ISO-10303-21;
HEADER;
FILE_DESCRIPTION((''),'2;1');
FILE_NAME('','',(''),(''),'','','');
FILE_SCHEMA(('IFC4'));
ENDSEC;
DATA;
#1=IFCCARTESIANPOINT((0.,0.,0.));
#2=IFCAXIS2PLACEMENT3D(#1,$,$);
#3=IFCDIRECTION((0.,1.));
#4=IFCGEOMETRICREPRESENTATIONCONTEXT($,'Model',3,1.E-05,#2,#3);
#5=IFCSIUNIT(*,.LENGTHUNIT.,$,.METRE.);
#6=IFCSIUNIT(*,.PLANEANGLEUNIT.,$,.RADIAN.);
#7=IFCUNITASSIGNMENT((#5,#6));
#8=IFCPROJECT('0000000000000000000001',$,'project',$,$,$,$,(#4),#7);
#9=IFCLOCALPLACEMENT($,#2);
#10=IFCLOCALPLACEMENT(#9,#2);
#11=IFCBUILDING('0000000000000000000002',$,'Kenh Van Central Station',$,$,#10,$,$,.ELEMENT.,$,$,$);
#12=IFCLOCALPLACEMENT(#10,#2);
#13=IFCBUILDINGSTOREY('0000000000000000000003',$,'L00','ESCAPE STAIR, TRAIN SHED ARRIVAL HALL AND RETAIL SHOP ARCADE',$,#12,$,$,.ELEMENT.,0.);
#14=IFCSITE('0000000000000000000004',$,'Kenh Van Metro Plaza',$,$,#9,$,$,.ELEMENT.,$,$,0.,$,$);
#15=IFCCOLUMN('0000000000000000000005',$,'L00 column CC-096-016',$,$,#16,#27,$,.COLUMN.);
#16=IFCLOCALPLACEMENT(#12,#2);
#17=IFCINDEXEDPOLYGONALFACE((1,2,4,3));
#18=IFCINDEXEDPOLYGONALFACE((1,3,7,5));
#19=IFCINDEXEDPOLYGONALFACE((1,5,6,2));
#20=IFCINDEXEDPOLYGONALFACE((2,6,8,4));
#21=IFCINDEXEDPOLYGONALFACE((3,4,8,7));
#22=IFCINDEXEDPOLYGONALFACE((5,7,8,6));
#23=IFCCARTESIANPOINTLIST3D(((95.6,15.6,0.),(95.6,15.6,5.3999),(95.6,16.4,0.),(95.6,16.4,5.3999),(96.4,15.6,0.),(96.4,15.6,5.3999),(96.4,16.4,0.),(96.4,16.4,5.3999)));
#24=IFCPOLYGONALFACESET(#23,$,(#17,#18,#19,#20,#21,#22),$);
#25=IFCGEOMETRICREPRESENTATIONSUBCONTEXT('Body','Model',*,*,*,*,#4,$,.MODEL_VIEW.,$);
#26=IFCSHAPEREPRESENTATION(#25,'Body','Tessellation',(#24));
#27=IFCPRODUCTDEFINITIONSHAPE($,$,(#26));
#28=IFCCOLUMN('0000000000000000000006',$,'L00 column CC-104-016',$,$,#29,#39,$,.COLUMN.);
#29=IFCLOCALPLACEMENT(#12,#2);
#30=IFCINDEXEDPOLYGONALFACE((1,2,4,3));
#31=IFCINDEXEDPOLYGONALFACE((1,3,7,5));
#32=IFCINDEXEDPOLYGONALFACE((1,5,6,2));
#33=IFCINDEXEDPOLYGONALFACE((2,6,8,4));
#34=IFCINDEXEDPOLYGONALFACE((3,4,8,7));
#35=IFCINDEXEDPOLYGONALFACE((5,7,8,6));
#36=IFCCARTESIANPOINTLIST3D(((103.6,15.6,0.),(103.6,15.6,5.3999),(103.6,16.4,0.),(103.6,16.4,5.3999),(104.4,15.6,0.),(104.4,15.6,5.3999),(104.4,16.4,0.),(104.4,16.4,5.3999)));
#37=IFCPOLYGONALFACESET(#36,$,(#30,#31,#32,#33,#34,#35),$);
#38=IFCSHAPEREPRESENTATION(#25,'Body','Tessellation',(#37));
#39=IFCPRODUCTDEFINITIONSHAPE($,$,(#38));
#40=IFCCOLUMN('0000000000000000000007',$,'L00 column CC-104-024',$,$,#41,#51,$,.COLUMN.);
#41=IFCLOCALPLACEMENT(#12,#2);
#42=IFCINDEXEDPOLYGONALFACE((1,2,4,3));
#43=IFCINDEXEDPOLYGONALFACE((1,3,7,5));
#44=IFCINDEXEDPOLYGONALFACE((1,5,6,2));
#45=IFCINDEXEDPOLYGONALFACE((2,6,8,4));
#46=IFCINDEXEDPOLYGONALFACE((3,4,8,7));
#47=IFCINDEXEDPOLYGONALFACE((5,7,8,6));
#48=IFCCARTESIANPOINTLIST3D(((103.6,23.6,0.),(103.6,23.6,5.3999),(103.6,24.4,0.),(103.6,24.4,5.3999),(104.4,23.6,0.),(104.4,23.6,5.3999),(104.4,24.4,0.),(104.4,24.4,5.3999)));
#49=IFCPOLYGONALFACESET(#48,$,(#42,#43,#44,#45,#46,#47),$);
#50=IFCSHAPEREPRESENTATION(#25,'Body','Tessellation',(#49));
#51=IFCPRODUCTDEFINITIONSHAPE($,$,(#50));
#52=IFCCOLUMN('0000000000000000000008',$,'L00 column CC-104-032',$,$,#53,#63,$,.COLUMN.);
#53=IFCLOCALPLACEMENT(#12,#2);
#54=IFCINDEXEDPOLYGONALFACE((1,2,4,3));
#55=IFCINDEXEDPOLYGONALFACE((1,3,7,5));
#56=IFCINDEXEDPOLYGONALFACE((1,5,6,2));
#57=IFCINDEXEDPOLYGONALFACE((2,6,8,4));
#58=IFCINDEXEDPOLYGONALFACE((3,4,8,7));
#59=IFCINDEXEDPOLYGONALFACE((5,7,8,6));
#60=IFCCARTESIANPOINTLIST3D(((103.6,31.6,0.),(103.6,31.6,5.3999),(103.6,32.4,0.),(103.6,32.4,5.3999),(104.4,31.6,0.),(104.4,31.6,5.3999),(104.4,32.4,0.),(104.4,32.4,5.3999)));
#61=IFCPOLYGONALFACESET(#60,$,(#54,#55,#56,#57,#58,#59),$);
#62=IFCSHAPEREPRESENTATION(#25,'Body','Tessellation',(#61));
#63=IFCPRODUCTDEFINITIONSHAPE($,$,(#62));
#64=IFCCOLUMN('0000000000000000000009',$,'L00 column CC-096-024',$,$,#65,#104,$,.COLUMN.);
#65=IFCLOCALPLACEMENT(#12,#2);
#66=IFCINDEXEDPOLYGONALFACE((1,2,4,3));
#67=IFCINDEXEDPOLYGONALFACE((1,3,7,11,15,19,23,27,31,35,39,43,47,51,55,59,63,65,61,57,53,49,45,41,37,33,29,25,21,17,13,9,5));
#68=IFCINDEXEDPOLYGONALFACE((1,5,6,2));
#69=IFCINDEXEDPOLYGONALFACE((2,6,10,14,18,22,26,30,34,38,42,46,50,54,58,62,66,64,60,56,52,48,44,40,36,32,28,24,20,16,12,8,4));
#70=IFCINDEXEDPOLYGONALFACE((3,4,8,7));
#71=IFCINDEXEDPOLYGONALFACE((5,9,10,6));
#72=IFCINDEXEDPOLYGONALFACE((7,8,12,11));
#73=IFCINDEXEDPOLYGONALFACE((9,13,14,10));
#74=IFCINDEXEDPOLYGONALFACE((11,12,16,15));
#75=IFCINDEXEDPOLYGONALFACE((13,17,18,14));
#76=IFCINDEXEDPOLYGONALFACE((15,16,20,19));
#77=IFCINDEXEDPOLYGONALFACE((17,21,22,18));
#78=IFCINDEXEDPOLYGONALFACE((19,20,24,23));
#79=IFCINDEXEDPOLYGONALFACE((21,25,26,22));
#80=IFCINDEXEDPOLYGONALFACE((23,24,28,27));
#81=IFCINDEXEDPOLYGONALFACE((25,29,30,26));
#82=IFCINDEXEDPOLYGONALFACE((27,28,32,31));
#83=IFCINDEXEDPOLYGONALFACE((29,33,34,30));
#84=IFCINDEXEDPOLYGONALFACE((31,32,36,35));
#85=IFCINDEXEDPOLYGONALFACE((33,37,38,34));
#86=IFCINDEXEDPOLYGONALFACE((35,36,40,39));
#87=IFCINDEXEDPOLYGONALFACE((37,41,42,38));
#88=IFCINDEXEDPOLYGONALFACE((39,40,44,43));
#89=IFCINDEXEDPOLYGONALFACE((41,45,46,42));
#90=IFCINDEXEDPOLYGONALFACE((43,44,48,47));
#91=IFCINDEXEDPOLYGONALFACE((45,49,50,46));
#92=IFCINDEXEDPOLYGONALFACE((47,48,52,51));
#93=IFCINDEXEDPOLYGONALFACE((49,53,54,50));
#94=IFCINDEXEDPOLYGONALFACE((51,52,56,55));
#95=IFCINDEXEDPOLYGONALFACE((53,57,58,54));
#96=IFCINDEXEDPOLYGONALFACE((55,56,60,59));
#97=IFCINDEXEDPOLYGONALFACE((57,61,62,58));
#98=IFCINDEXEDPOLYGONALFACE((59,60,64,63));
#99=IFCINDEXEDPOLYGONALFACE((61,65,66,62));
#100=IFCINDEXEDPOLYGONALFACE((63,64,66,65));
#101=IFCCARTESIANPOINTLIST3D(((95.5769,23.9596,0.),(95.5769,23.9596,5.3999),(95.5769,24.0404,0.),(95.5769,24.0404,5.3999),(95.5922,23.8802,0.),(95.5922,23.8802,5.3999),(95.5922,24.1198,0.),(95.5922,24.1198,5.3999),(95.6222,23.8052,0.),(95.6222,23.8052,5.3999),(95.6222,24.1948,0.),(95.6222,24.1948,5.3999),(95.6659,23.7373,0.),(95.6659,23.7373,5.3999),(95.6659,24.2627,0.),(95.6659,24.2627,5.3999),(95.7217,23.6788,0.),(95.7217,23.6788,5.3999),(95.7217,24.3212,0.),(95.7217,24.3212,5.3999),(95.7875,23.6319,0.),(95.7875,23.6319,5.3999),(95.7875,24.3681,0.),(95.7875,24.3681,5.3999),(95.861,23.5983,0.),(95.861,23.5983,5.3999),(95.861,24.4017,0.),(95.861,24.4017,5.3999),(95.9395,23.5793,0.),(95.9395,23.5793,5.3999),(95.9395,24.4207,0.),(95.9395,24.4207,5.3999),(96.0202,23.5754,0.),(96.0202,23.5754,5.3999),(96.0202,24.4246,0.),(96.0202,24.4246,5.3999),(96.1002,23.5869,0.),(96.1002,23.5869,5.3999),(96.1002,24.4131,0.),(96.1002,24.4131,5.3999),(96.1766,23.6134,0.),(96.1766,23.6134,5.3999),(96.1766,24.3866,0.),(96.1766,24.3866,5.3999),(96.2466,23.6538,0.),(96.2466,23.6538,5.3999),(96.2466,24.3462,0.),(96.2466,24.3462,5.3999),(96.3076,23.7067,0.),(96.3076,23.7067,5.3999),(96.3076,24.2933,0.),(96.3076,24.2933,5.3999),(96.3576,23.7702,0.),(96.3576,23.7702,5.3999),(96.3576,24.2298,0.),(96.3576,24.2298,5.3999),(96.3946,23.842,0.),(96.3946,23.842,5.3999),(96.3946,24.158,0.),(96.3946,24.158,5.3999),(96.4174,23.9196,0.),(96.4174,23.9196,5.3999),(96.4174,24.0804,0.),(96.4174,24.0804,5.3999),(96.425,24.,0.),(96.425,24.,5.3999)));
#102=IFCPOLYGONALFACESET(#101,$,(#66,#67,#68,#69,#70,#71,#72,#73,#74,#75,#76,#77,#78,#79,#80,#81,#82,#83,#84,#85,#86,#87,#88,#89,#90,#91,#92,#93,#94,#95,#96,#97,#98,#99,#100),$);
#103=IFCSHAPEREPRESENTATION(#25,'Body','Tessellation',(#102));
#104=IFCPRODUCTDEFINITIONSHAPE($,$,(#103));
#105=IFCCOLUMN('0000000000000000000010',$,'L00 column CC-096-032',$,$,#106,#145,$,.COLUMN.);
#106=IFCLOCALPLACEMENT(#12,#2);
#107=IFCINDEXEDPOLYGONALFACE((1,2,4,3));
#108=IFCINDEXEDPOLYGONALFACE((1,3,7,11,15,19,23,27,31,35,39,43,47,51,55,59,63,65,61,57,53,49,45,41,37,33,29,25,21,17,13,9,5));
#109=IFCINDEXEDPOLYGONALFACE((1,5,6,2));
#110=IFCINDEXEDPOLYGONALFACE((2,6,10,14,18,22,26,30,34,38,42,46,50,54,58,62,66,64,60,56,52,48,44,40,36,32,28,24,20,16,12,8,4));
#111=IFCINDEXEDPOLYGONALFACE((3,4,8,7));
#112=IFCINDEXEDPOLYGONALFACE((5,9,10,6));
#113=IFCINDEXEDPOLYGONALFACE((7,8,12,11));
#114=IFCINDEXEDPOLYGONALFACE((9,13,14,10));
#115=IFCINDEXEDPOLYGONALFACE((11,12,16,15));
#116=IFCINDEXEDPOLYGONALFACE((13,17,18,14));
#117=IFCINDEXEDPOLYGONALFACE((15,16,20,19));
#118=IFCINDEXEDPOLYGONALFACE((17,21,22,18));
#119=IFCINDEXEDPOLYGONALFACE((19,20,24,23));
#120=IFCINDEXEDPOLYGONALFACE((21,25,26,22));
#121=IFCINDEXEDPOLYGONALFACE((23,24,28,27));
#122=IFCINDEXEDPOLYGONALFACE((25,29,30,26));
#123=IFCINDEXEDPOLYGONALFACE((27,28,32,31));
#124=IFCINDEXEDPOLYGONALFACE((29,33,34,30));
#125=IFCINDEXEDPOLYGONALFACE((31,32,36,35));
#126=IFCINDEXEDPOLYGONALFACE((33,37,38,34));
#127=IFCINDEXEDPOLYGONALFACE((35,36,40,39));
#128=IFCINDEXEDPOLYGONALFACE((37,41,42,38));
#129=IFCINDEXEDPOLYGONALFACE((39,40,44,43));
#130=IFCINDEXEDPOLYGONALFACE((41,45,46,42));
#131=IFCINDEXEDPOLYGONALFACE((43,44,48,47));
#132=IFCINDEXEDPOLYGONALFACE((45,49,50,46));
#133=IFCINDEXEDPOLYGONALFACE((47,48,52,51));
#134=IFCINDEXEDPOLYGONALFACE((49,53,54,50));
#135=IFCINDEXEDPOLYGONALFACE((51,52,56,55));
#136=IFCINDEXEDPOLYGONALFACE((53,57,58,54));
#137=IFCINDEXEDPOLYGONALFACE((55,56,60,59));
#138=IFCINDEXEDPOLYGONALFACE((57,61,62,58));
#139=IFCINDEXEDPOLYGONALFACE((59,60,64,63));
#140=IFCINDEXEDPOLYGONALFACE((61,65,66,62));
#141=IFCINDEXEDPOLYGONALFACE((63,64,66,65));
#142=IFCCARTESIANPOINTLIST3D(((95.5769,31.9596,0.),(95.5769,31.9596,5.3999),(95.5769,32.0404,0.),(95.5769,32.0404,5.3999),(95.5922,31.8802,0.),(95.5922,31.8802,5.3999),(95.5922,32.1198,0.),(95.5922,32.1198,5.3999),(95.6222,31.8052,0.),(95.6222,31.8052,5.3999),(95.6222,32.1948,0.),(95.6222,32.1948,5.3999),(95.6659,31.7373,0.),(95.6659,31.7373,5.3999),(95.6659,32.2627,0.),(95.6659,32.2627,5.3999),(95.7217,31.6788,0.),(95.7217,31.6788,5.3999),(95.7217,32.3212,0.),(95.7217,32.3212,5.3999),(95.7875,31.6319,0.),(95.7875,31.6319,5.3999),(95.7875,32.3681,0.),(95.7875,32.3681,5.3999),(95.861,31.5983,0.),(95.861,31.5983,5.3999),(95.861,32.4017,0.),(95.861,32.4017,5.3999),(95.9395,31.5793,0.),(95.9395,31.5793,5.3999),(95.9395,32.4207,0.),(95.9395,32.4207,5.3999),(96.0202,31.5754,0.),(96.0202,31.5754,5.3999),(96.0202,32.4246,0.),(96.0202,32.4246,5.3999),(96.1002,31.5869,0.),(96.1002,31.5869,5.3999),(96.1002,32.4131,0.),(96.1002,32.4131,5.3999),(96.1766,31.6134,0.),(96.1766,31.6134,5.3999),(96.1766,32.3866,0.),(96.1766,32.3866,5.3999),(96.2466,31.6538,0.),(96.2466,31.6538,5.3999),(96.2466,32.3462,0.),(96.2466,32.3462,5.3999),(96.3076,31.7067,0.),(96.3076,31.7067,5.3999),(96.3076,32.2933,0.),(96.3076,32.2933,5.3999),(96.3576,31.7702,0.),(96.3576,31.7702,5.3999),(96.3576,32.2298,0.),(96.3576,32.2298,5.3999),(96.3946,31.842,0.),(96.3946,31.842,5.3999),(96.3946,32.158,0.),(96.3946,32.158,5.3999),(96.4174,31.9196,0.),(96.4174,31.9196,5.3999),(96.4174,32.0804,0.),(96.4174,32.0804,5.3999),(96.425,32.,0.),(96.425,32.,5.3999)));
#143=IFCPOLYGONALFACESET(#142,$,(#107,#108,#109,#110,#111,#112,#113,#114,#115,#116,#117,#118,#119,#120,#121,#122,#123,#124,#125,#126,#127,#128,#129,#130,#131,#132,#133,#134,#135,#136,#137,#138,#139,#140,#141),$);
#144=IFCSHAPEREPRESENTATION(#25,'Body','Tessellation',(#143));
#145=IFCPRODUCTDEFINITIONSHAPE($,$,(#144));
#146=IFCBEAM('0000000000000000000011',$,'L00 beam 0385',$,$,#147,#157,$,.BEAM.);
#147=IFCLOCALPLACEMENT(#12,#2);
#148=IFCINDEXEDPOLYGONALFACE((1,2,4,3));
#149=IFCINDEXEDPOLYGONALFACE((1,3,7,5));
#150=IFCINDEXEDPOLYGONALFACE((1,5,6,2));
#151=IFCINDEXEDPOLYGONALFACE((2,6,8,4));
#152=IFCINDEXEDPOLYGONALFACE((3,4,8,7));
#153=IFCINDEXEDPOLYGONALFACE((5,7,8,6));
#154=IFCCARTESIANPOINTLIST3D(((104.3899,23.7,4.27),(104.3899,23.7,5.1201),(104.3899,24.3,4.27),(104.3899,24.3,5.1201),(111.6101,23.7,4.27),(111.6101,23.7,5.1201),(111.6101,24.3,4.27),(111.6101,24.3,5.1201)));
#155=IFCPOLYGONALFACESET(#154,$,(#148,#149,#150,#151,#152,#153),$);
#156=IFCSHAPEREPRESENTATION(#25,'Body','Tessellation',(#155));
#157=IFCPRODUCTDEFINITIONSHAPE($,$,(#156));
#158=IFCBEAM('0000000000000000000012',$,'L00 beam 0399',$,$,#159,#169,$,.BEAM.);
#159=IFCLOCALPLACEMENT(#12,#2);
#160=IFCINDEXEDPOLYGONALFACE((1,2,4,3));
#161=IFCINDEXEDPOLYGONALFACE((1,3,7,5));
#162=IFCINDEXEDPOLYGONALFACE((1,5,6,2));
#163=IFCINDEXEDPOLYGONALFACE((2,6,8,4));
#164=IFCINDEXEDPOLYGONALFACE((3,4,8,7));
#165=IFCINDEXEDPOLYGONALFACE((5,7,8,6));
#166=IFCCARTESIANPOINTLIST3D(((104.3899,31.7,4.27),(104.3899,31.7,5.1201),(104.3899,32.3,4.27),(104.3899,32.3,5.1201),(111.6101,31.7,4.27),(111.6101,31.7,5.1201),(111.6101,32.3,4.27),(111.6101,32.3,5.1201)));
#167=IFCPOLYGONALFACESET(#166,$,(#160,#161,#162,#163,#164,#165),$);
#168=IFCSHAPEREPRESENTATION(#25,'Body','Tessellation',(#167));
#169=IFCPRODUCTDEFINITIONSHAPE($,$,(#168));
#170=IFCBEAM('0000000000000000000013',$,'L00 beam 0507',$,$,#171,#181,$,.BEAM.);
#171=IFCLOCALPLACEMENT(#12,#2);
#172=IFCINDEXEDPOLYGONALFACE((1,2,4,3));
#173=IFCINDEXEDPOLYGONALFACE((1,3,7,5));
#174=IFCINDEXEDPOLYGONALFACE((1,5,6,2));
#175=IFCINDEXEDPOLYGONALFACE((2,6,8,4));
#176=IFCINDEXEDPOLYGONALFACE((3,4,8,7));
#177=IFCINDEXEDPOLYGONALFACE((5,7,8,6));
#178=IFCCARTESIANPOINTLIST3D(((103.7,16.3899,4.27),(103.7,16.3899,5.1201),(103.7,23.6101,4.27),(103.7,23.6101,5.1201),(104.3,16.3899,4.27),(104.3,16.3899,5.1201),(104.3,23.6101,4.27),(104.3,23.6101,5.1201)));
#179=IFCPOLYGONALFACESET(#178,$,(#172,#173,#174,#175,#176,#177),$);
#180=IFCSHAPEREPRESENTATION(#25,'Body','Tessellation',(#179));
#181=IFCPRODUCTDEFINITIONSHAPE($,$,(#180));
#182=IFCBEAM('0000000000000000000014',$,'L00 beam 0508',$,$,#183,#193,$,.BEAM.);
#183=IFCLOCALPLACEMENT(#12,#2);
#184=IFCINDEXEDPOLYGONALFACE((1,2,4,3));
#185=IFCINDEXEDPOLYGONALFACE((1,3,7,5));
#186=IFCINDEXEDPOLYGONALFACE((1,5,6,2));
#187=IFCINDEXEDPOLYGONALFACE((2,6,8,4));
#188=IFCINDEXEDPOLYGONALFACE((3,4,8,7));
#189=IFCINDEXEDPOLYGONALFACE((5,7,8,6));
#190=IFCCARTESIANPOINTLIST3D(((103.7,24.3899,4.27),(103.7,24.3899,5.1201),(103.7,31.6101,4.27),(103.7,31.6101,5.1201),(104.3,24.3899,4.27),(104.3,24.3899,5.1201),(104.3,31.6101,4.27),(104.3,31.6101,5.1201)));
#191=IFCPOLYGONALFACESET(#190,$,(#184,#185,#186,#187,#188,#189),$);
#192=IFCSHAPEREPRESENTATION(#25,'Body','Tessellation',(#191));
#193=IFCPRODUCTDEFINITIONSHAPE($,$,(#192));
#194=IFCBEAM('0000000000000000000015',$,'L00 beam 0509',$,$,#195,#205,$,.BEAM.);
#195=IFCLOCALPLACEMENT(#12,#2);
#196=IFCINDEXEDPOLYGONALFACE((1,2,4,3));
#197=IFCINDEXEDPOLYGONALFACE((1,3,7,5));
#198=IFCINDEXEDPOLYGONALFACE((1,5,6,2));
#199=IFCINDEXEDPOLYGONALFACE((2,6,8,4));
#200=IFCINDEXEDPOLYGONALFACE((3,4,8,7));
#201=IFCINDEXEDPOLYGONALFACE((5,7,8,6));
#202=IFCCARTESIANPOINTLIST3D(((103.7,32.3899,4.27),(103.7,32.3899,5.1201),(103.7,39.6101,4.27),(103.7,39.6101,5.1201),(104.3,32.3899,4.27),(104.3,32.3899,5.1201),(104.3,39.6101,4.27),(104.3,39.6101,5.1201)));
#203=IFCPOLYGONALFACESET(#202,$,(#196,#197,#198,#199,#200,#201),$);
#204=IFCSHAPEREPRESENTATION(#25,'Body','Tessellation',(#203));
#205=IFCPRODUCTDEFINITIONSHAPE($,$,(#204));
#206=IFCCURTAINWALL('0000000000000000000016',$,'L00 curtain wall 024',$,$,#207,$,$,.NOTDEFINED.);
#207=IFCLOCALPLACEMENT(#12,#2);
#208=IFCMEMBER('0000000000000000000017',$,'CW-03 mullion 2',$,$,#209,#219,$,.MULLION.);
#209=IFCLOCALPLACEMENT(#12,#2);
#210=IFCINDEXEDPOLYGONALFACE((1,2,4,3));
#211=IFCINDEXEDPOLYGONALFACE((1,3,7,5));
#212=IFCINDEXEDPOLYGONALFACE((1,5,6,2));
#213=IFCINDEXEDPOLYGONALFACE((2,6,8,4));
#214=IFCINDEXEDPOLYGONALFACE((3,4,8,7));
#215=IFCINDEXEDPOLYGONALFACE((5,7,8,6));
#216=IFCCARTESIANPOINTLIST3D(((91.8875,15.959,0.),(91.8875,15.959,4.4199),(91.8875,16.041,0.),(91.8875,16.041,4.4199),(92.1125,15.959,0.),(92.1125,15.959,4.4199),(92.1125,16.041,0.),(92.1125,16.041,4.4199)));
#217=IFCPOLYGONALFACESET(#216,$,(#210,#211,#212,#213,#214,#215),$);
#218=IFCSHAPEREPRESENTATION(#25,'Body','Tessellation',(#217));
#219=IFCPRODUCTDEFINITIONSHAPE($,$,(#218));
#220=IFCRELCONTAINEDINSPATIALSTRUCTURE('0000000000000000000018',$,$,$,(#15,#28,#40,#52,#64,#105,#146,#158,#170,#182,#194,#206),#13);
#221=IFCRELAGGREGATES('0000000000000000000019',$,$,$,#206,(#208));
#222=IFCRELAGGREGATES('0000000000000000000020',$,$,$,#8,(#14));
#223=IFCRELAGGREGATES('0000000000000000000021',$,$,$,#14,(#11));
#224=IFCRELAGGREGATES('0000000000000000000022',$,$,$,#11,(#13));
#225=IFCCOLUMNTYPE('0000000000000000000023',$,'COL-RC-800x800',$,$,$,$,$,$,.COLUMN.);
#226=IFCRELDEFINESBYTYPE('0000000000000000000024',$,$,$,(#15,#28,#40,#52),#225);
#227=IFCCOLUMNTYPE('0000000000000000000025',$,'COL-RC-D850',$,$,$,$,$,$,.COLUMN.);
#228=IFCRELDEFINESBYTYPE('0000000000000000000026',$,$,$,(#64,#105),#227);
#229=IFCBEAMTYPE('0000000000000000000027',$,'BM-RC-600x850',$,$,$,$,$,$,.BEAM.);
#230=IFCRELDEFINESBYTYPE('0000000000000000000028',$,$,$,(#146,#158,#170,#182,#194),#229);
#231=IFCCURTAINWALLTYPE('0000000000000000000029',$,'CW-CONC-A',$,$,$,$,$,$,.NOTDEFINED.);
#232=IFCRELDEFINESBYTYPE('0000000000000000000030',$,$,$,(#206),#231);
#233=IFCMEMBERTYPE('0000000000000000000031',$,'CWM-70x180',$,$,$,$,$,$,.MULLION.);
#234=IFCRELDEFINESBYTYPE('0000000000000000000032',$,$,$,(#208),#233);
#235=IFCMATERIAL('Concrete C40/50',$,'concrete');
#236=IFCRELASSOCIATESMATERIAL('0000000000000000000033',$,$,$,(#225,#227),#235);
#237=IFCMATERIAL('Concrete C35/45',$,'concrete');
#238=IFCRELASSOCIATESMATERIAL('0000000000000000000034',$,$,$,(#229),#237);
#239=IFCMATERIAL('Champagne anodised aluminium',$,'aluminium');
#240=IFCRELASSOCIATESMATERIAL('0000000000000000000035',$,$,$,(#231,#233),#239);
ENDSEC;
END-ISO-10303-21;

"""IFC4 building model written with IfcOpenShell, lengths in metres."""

from ifc_helpers import new_model, si_unit, direction, frame, origin, origin_2d, place, context, subcontext, project, spatial, rectangle, circle, extrude, material, material_profile, profile_set, type_object, element, aggregate, save


model = new_model("IFC4")

# Units and contexts
model_context = context("Model", 3, precision=1e-05, world=origin(), true_north=direction((0.0, 1.0)))
body_context = subcontext(model_context, "Body", "Model", "MODEL_VIEW")
ifc_project = project(units=[si_unit("LENGTHUNIT", "METRE"), si_unit("PLANEANGLEUNIT", "RADIAN")], contexts=[model_context])

# Site, building, storey
site_placement = place(None, origin())
site = spatial("IfcSite", under=ifc_project, at=site_placement, Name="Kenh Van Metro Plaza", CompositionType="ELEMENT", RefElevation=0.0)
building_placement = place(site_placement, origin())
building = spatial("IfcBuilding", under=site, at=building_placement, Name="Kenh Van Central Station", CompositionType="ELEMENT")
storey_placement = place(building_placement, origin())
storey = spatial("IfcBuildingStorey", under=building, at=storey_placement, Name="L00", Description="ESCAPE STAIR, TRAIN SHED ARRIVAL HALL AND RETAIL SHOP ARCADE", CompositionType="ELEMENT", Elevation=0.0)

# Columns
ifc_material_1 = material(Name="Concrete C40/50", Category="concrete")
ifc_material_profile_1 = material_profile(ifc_material_1, rectangle(XDim=0.8, YDim=0.8, at=origin_2d()), Name="RC 800x800")
ifc_profile_set_1 = profile_set([ifc_material_profile_1], Name="Concrete C40/50")
column_type_1 = type_object("IfcColumnType", Name="COL-RC-800x800", PredefinedType="COLUMN", material=ifc_profile_set_1)
for number, where, z_axis, x_axis, name in (
    (1, (96.0, 16.0, 0.0), (0.0, 0.0, 1.0), (1.0, 0.0, 0.0), "L00 column CC-096-016"),
    (2, (104.0, 16.0, 0.0), (0.0, 0.0, 1.0), (1.0, 0.0, 0.0), "L00 column CC-104-016"),
    (3, (104.0, 24.0, 0.0), (0.0, 0.0, 1.0), (1.0, 0.0, 0.0), "L00 column CC-104-024"),
    (4, (104.0, 32.0, 0.0), (0.0, 0.0, 1.0), (1.0, 0.0, 0.0), "L00 column CC-104-032"),
):
    element("IfcColumn", number, at=place(storey_placement, frame(where, z_axis=z_axis, x_axis=x_axis)), inside=storey, type_object=column_type_1, Name=name, PredefinedType="COLUMN", context=body_context, shape_type="SweptSolid", body=[
        extrude(rectangle(XDim=0.8, YDim=0.8, at=origin_2d()), origin(), (0.0, 0.0, 1.0), 5.3999),
    ])
ifc_material_profile_2 = material_profile(ifc_material_1, circle(Radius=0.425, at=origin_2d()), Name="RC D850")
ifc_profile_set_2 = profile_set([ifc_material_profile_2], Name="Concrete C40/50")
column_type_2 = type_object("IfcColumnType", Name="COL-RC-D850", PredefinedType="COLUMN", material=ifc_profile_set_2)
for number, where, z_axis, x_axis, name in (
    (5, (96.0, 24.0, 0.0), (0.0, 0.0, 1.0), (1.0, 0.0, 0.0), "L00 column CC-096-024"),
    (6, (96.0, 32.0, 0.0), (0.0, 0.0, 1.0), (1.0, 0.0, 0.0), "L00 column CC-096-032"),
):
    element("IfcColumn", number, at=place(storey_placement, frame(where, z_axis=z_axis, x_axis=x_axis)), inside=storey, type_object=column_type_2, Name=name, PredefinedType="COLUMN", context=body_context, shape_type="SweptSolid", body=[
        extrude(circle(Radius=0.425, at=origin_2d()), origin(), (0.0, 0.0, 1.0), 5.3999),
    ])

# Beams
ifc_material_2 = material(Name="Concrete C35/45", Category="concrete")
ifc_material_profile_3 = material_profile(ifc_material_2, rectangle(XDim=0.6001, YDim=0.8501, at=origin_2d()), Name="RC 600x850")
ifc_profile_set_3 = profile_set([ifc_material_profile_3], Name="Concrete C35/45")
beam_type_1 = type_object("IfcBeamType", Name="BM-RC-600x850", PredefinedType="BEAM", material=ifc_profile_set_3)
for number, where, z_axis, x_axis, name in (
    (7, (104.3899, 24.0, 4.6951), (1.0, 0.0, 0.0), (0.0, 1.0, 0.0), "L00 beam 0385"),
    (8, (104.3899, 32.0, 4.6951), (1.0, 0.0, 0.0), (0.0, 1.0, 0.0), "L00 beam 0399"),
    (9, (104.0, 16.3899, 4.6951), (0.0, 1.0, 0.0), (-1.0, 0.0, 0.0), "L00 beam 0507"),
    (10, (104.0, 24.3899, 4.6951), (0.0, 1.0, 0.0), (-1.0, 0.0, 0.0), "L00 beam 0508"),
    (11, (104.0, 32.3899, 4.6951), (0.0, 1.0, 0.0), (-1.0, 0.0, 0.0), "L00 beam 0509"),
):
    element("IfcBeam", number, at=place(storey_placement, frame(where, z_axis=z_axis, x_axis=x_axis)), inside=storey, type_object=beam_type_1, Name=name, PredefinedType="BEAM", context=body_context, shape_type="SweptSolid", body=[
        extrude(rectangle(XDim=0.6001, YDim=0.8501, at=origin_2d()), origin(), (0.0, 0.0, 1.0), 7.2202),
    ])

# Curtain wall, member
ifc_material_3 = material(Name="Champagne anodised aluminium", Category="aluminium")
curtain_wall_type = type_object("IfcCurtainWallType", Name="CW-CONC-A", PredefinedType="NOTDEFINED", material=ifc_material_3)
curtain_wall_placement = place(storey_placement, origin())
curtain_wall = element("IfcCurtainWall", 12, at=curtain_wall_placement, inside=storey, type_object=curtain_wall_type, Name="L00 curtain wall 024", PredefinedType="NOTDEFINED")
ifc_material_profile_4 = material_profile(ifc_material_3, rectangle(XDim=0.082, YDim=0.2251, at=origin_2d()), Name="AL 82x225")
ifc_profile_set_4 = profile_set([ifc_material_profile_4], Name="Champagne anodised aluminium")
member_type_1 = type_object("IfcMemberType", Name="CWM-70x180", PredefinedType="MULLION", material=ifc_profile_set_4)
member_1_placement = place(storey_placement, frame((92.0, 16.0, 0.0), z_axis=(0.0, 0.0, 1.0), x_axis=(0.0, 1.0, 0.0)))
member_1 = element("IfcMember", 13, at=member_1_placement, type_object=member_type_1, Name="CW-03 mullion 2", PredefinedType="MULLION", context=body_context, shape_type="SweptSolid", body=[
    extrude(rectangle(XDim=0.082, YDim=0.2251, at=origin_2d()), origin(), (0.0, 0.0, 1.0), 4.4199),
])

aggregate(curtain_wall, [member_1])

save(model, "model.ifc")
